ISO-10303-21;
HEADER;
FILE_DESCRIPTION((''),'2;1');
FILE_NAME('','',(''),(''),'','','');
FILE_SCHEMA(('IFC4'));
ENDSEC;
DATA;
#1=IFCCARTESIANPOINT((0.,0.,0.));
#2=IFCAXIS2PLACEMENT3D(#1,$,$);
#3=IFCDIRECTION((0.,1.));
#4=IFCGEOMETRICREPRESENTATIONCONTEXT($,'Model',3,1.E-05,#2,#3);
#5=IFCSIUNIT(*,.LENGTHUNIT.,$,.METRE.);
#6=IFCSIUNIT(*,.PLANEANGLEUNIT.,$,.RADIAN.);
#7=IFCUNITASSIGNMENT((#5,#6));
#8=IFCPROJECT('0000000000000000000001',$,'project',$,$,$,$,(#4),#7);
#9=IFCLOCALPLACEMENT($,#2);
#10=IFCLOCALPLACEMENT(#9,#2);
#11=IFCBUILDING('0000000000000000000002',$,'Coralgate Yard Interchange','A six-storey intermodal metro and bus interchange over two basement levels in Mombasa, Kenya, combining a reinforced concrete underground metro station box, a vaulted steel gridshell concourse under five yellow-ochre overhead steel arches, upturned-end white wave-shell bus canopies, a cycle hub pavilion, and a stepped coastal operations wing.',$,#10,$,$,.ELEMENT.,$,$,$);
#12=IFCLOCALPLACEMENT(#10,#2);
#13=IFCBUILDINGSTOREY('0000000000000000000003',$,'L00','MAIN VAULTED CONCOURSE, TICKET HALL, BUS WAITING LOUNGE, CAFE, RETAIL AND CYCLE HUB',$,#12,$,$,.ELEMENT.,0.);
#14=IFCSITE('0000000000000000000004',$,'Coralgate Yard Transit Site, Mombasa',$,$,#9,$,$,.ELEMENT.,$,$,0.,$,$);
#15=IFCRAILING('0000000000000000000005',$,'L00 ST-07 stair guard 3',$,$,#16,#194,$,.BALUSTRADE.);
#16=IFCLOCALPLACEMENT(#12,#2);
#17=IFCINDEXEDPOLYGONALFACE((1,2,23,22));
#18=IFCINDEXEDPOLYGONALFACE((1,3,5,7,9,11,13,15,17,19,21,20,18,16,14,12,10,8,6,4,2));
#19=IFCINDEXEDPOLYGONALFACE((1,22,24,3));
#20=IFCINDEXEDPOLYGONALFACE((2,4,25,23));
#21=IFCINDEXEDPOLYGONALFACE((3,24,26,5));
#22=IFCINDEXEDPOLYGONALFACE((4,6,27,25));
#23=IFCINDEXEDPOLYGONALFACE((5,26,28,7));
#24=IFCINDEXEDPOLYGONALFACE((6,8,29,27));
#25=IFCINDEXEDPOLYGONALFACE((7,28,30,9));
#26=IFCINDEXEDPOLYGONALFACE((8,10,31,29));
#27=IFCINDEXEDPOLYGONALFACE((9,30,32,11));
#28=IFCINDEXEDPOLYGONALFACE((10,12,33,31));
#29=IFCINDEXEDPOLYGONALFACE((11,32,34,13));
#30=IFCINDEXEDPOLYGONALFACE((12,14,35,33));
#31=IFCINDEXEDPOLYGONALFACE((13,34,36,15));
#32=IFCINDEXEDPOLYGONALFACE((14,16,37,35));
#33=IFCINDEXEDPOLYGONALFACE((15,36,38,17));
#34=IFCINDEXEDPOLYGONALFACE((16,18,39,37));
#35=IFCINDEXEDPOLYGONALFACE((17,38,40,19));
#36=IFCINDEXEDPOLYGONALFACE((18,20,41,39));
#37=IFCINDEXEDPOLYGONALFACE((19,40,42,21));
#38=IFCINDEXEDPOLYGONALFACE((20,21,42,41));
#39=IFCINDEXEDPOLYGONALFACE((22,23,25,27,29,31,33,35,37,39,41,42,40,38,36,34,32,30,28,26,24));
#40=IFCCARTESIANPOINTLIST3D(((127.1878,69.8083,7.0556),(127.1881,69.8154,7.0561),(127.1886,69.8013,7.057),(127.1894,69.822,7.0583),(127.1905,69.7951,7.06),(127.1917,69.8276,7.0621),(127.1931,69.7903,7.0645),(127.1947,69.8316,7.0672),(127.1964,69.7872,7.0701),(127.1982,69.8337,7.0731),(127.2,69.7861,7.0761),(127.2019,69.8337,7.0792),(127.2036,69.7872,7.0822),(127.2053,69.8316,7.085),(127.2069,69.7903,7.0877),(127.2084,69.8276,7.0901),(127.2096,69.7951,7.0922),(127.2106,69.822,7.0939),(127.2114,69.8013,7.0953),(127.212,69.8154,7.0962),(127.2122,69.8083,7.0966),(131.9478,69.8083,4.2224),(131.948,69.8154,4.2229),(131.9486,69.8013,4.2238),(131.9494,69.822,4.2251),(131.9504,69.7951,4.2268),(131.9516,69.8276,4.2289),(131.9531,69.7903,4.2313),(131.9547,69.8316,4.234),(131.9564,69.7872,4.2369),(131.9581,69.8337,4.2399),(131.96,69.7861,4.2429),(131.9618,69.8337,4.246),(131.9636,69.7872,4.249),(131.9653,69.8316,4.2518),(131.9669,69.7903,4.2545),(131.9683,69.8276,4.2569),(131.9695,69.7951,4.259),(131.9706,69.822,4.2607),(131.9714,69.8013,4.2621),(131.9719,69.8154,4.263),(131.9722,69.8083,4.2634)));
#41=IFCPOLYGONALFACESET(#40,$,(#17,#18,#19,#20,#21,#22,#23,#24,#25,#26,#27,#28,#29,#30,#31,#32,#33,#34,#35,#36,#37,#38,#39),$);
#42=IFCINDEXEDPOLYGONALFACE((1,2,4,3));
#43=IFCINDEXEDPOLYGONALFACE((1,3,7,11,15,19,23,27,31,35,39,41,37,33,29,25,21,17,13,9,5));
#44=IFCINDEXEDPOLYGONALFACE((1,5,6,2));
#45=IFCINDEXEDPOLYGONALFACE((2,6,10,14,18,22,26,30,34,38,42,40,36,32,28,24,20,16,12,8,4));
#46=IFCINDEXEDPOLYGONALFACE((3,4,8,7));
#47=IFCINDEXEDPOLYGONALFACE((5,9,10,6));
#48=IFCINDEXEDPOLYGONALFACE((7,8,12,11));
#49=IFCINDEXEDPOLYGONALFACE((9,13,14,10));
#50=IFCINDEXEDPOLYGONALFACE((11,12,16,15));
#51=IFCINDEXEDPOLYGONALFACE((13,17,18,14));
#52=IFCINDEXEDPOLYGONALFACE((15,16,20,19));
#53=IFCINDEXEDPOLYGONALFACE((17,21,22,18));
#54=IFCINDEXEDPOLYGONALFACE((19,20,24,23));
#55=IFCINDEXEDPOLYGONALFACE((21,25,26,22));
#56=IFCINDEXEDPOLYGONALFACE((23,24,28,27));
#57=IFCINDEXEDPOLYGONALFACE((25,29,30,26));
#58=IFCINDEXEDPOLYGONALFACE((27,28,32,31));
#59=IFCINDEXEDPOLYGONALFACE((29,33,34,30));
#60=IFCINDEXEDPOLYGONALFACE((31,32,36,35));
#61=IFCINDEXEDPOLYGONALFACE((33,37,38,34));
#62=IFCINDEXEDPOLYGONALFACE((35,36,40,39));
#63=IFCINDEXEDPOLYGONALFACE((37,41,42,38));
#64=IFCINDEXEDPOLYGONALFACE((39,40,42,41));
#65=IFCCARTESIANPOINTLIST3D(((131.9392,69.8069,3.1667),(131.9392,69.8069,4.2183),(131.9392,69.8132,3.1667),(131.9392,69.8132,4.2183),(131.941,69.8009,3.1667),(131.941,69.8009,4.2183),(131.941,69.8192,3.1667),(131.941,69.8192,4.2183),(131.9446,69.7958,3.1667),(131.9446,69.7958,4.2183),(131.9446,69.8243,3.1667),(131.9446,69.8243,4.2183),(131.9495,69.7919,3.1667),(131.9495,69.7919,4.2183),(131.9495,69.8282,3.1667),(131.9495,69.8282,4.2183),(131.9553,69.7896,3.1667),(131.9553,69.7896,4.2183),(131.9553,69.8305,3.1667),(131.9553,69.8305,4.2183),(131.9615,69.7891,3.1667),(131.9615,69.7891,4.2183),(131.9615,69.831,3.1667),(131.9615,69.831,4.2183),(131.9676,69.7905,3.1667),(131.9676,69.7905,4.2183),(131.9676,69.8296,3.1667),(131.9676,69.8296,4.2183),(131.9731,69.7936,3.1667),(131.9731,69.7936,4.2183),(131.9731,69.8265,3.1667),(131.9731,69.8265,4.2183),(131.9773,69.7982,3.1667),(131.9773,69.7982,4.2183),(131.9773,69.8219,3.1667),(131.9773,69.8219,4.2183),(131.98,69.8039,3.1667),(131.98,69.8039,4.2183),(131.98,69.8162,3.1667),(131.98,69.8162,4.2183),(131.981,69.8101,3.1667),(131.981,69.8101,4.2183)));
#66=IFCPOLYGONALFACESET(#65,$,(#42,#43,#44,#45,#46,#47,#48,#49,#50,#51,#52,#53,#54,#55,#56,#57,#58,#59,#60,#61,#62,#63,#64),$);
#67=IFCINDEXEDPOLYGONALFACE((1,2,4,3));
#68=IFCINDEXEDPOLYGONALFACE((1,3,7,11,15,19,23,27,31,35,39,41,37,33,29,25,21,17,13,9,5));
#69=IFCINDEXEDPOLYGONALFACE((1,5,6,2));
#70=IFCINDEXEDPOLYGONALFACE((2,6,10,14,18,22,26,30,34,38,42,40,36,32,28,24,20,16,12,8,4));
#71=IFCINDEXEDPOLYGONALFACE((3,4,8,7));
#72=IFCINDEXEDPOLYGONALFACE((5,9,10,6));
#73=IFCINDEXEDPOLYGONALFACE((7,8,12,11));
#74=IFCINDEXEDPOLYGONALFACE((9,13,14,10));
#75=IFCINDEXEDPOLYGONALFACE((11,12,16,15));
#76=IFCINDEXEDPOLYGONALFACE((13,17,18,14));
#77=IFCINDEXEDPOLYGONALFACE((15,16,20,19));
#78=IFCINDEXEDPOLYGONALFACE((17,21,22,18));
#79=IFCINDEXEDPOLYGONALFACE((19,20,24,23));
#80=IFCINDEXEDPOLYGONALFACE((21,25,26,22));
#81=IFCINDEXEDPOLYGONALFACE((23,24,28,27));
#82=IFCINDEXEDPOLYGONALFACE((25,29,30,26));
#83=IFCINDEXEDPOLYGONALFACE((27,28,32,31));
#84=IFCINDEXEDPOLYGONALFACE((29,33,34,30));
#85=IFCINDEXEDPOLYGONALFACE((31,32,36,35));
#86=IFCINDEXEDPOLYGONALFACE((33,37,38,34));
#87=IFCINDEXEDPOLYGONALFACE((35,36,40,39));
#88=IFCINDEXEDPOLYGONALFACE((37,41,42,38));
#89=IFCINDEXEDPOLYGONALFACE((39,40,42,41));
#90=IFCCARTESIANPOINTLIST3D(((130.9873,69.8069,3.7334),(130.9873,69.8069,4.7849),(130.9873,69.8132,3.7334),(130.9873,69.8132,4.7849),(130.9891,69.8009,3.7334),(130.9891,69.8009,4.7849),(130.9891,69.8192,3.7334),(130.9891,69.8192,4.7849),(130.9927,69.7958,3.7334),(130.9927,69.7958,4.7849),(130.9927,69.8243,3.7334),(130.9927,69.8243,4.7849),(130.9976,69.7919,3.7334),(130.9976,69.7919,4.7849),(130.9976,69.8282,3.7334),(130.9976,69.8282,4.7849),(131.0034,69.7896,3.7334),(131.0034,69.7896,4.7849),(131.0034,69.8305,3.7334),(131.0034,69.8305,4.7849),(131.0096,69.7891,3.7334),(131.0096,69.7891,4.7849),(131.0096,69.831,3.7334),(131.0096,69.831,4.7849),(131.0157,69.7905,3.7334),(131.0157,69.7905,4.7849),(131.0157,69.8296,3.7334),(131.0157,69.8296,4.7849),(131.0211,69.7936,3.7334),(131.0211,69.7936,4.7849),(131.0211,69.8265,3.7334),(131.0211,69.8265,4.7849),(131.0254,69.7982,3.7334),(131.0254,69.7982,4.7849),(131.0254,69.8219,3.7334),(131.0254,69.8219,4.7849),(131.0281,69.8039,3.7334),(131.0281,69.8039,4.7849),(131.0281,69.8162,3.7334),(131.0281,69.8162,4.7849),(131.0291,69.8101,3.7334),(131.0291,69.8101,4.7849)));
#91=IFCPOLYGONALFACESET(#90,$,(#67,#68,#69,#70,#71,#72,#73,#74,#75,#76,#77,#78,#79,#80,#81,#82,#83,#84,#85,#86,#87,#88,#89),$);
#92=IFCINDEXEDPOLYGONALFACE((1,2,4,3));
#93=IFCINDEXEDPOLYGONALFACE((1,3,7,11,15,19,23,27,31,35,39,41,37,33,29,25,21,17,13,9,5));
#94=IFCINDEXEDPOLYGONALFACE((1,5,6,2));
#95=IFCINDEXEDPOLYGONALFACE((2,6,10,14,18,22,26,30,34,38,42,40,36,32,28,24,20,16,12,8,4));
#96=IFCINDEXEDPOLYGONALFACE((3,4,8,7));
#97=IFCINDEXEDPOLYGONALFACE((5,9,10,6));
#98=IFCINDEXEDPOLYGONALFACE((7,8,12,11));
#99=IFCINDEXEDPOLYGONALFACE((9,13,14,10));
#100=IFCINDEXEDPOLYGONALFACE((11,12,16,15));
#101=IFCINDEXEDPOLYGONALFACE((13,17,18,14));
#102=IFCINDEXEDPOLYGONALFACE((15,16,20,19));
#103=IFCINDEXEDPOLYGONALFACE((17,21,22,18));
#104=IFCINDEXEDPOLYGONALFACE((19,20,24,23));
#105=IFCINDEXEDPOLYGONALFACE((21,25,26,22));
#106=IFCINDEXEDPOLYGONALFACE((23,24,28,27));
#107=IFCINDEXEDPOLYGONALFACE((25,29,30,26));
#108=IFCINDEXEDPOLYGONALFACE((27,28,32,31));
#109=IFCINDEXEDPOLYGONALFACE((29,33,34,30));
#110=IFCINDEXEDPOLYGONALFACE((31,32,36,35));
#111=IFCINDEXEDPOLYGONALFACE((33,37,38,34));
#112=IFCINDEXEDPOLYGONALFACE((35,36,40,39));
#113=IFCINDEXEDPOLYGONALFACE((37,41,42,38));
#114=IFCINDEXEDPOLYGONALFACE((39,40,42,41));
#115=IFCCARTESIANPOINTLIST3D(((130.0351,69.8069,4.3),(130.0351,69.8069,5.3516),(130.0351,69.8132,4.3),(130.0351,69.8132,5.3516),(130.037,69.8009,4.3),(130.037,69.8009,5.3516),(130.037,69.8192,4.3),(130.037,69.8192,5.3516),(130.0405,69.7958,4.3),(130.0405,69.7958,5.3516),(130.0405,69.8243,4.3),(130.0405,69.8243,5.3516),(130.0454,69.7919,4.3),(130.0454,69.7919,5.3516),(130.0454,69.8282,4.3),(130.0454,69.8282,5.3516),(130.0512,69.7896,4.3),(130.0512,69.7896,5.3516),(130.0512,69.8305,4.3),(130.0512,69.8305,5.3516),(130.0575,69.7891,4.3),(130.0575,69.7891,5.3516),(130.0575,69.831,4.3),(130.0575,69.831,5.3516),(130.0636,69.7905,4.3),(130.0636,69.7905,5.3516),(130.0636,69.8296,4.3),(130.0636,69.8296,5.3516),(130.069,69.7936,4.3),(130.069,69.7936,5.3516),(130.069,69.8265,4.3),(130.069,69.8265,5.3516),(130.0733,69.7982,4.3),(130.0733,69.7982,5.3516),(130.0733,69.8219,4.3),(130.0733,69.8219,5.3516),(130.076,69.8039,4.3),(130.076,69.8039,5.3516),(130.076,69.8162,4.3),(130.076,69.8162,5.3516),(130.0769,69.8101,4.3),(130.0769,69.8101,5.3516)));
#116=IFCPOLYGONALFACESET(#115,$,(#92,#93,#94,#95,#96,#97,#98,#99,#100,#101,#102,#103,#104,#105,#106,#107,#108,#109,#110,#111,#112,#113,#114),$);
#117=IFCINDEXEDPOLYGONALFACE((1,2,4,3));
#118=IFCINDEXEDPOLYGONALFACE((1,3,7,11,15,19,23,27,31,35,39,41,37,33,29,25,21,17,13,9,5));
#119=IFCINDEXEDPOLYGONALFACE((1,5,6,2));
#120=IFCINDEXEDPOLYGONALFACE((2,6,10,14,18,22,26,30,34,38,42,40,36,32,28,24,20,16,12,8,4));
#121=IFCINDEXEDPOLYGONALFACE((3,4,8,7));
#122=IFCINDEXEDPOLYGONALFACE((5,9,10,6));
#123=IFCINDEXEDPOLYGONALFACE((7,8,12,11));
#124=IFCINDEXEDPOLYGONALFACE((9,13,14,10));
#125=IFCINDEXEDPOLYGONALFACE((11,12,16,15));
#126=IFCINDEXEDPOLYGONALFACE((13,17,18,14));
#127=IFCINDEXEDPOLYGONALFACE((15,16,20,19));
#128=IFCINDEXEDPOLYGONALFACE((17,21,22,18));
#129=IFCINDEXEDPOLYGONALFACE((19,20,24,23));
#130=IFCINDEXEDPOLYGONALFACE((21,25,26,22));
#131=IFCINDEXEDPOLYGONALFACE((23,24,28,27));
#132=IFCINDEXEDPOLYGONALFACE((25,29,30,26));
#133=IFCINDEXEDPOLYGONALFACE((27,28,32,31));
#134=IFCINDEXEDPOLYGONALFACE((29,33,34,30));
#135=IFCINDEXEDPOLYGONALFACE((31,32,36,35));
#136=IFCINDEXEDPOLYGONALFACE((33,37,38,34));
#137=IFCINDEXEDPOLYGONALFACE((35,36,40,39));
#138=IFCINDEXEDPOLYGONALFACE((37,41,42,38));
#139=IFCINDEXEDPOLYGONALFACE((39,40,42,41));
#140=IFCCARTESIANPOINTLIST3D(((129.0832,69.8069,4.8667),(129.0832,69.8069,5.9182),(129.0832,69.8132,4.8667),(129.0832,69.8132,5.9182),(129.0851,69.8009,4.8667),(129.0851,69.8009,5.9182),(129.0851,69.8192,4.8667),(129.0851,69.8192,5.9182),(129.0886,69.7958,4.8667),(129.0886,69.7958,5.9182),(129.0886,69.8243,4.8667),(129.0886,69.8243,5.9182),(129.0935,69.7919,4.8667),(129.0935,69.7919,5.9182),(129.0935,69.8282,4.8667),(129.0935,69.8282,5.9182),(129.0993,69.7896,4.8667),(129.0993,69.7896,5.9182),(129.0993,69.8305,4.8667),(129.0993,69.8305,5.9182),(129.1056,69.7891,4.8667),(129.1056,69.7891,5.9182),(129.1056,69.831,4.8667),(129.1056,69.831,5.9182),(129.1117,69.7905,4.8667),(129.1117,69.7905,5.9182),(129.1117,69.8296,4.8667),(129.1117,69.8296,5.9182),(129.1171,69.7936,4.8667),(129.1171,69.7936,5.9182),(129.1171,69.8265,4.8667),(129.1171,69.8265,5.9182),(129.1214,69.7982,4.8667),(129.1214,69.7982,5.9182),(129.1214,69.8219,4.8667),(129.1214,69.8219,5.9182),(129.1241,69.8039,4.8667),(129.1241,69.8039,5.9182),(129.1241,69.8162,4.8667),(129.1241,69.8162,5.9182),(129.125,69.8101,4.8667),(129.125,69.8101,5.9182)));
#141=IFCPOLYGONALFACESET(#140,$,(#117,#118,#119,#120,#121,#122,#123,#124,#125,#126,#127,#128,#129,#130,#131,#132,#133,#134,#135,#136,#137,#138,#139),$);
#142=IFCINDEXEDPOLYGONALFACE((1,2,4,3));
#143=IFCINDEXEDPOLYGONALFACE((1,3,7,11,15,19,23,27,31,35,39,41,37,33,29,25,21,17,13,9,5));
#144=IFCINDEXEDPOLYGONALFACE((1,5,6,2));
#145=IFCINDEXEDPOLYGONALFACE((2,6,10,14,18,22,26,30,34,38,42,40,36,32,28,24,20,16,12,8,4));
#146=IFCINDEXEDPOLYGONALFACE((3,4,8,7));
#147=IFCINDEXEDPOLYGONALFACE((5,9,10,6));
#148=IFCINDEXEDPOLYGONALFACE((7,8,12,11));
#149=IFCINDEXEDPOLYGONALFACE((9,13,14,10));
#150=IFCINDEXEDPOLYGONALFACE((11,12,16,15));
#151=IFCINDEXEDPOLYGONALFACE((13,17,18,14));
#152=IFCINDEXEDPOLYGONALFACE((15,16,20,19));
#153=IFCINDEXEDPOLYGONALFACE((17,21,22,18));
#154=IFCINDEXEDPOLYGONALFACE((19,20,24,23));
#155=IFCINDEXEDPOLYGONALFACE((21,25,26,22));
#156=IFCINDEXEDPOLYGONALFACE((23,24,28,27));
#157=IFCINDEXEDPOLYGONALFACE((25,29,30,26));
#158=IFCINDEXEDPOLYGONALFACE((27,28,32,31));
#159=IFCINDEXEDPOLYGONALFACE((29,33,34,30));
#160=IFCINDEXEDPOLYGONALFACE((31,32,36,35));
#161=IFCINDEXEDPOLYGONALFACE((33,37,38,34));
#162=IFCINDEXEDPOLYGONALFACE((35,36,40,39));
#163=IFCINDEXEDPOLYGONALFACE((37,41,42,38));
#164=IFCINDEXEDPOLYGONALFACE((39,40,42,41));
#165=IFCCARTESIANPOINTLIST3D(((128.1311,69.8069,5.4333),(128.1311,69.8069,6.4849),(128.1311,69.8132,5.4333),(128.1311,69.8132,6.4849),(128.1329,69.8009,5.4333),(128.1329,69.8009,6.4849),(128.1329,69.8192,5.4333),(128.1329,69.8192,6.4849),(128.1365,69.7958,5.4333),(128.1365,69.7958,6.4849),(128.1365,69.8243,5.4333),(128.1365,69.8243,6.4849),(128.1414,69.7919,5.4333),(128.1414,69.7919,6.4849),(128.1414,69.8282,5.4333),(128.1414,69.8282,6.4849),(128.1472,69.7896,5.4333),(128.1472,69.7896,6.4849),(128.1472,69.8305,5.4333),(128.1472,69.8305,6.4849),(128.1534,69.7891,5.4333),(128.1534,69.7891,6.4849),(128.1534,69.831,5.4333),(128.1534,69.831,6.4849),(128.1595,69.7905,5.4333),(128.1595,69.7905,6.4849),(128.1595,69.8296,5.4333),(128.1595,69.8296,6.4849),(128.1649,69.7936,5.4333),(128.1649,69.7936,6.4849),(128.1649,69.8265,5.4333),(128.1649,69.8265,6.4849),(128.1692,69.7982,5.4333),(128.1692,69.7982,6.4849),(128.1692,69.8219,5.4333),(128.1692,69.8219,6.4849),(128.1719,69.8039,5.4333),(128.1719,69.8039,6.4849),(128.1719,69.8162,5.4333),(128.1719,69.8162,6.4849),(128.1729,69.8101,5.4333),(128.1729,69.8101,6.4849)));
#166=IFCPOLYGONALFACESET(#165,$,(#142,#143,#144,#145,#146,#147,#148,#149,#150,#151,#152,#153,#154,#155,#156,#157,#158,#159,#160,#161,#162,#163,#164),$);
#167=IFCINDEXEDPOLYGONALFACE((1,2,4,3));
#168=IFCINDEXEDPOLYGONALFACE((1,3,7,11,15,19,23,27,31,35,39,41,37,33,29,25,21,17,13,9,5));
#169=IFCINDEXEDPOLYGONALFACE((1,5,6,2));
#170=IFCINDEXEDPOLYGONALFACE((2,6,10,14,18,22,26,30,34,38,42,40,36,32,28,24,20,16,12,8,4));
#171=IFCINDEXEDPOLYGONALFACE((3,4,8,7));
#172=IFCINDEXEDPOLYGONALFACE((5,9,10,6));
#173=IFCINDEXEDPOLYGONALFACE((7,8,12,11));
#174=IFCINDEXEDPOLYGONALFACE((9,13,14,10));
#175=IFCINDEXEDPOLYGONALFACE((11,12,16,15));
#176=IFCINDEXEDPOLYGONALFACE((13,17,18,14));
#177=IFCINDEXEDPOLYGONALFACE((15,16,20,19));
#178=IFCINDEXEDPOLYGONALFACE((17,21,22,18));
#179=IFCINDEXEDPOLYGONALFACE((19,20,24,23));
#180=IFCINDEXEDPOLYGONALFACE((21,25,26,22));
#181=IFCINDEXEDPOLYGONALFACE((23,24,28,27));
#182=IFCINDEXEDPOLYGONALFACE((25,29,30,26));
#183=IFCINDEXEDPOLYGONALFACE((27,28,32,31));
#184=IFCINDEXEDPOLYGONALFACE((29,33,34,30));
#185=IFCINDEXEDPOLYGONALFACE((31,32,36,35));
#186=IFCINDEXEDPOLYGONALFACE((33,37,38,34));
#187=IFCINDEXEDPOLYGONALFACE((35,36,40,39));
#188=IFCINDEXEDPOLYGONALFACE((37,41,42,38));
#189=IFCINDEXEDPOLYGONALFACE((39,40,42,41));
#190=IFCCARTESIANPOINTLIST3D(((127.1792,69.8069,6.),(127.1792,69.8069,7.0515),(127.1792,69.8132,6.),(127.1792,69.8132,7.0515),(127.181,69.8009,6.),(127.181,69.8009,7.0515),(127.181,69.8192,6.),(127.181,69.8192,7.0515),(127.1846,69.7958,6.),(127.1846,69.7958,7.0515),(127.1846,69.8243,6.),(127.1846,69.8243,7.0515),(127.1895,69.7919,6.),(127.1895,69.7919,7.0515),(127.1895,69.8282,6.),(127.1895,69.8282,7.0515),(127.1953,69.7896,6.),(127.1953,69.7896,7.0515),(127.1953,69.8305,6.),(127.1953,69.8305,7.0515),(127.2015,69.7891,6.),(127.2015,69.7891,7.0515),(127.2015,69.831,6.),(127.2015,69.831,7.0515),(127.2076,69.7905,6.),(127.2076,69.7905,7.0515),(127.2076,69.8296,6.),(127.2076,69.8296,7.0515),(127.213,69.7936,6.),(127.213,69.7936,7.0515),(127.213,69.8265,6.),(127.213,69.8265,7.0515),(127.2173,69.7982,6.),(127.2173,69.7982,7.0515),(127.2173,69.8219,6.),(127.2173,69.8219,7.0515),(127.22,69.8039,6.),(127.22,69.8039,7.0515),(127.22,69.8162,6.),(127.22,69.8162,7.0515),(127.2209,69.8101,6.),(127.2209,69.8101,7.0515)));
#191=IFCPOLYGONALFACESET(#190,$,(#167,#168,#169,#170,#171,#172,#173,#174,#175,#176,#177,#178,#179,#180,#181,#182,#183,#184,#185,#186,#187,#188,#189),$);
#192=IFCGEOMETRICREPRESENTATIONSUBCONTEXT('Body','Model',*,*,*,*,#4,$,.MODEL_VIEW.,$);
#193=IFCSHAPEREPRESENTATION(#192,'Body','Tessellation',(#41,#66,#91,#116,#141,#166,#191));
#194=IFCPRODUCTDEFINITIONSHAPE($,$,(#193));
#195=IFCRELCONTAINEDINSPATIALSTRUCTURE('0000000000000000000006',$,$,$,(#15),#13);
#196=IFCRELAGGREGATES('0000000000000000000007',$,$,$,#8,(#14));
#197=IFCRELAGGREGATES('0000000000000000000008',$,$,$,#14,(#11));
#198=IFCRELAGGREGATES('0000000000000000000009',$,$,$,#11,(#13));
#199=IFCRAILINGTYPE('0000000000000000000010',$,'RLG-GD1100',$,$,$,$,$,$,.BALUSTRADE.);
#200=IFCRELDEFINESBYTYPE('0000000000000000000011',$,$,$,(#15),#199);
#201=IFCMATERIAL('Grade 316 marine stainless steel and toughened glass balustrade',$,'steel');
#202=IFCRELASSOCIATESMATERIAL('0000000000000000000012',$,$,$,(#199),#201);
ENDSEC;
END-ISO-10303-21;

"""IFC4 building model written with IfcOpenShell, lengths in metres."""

from ifc_helpers import new_model, si_unit, direction, frame, origin, origin_2d, place, context, subcontext, project, spatial, circle, extrude, material, type_object, element, save


model = new_model("IFC4")

# Units and contexts
model_context = context("Model", 3, precision=1e-05, world=origin(), true_north=direction((0.0, 1.0)))
body_context = subcontext(model_context, "Body", "Model", "MODEL_VIEW")
ifc_project = project(units=[si_unit("LENGTHUNIT", "METRE"), si_unit("PLANEANGLEUNIT", "RADIAN")], contexts=[model_context])

# Site, building, storey
site_placement = place(None, origin())
site = spatial("IfcSite", under=ifc_project, at=site_placement, Name="Coralgate Yard Transit Site, Mombasa", CompositionType="ELEMENT", RefElevation=0.0)
building_placement = place(site_placement, origin())
building = spatial("IfcBuilding", under=site, at=building_placement, Name="Coralgate Yard Interchange", Description="A six-storey intermodal metro and bus interchange over two basement levels in Mombasa, Kenya, combining a reinforced concrete underground metro station box, a vaulted steel gridshell concourse under five yellow-ochre overhead steel arches, upturned-end white wave-shell bus canopies, a cycle hub pavilion, and a stepped coastal operations wing.", CompositionType="ELEMENT")
storey_placement = place(building_placement, origin())
storey = spatial("IfcBuildingStorey", under=building, at=storey_placement, Name="L00", Description="MAIN VAULTED CONCOURSE, TICKET HALL, BUS WAITING LOUNGE, CAFE, RETAIL AND CYCLE HUB", CompositionType="ELEMENT", Elevation=0.0)

# Railing
ifc_material_1 = material(Name="Grade 316 marine stainless steel and toughened glass balustrade", Category="steel")
railing_type_1 = type_object("IfcRailingType", Name="RLG-GD1100", PredefinedType="BALUSTRADE", material=ifc_material_1)
railing_1_placement = place(storey_placement, frame((131.96, 69.8101, 3.1667)))
element("IfcRailing", 1, at=railing_1_placement, inside=storey, type_object=railing_type_1, Name="L00 ST-07 stair guard 3", PredefinedType="BALUSTRADE", context=body_context, shape_type="SweptSolid", body=[
    extrude(circle(Radius=0.0239, at=origin_2d()), frame((0.0, 0.0, 1.0762), z_axis=(-0.8593, 0.0, 0.511472), x_axis=(0.0, -1.0, 0.0)), (0.0, 0.0, 1.0), 5.5393),
    extrude(circle(Radius=0.021, at=origin_2d()), origin(), (0.0, 0.0, 1.0), 1.0515),
    extrude(circle(Radius=0.021, at=origin_2d()), frame((-0.9519, 0.0, 0.5667)), (0.0, 0.0, 1.0), 1.0515),
    extrude(circle(Radius=0.021, at=origin_2d()), frame((-1.9041, 0.0, 1.1333)), (0.0, 0.0, 1.0), 1.0515),
    extrude(circle(Radius=0.021, at=origin_2d()), frame((-2.856, 0.0, 1.7)), (0.0, 0.0, 1.0), 1.0515),
    extrude(circle(Radius=0.021, at=origin_2d()), frame((-3.8081, 0.0, 2.2666)), (0.0, 0.0, 1.0), 1.0515),
    extrude(circle(Radius=0.021, at=origin_2d()), frame((-4.76, 0.0, 2.8333)), (0.0, 0.0, 1.0), 1.0515),
])

save(model, "model.ifc")
